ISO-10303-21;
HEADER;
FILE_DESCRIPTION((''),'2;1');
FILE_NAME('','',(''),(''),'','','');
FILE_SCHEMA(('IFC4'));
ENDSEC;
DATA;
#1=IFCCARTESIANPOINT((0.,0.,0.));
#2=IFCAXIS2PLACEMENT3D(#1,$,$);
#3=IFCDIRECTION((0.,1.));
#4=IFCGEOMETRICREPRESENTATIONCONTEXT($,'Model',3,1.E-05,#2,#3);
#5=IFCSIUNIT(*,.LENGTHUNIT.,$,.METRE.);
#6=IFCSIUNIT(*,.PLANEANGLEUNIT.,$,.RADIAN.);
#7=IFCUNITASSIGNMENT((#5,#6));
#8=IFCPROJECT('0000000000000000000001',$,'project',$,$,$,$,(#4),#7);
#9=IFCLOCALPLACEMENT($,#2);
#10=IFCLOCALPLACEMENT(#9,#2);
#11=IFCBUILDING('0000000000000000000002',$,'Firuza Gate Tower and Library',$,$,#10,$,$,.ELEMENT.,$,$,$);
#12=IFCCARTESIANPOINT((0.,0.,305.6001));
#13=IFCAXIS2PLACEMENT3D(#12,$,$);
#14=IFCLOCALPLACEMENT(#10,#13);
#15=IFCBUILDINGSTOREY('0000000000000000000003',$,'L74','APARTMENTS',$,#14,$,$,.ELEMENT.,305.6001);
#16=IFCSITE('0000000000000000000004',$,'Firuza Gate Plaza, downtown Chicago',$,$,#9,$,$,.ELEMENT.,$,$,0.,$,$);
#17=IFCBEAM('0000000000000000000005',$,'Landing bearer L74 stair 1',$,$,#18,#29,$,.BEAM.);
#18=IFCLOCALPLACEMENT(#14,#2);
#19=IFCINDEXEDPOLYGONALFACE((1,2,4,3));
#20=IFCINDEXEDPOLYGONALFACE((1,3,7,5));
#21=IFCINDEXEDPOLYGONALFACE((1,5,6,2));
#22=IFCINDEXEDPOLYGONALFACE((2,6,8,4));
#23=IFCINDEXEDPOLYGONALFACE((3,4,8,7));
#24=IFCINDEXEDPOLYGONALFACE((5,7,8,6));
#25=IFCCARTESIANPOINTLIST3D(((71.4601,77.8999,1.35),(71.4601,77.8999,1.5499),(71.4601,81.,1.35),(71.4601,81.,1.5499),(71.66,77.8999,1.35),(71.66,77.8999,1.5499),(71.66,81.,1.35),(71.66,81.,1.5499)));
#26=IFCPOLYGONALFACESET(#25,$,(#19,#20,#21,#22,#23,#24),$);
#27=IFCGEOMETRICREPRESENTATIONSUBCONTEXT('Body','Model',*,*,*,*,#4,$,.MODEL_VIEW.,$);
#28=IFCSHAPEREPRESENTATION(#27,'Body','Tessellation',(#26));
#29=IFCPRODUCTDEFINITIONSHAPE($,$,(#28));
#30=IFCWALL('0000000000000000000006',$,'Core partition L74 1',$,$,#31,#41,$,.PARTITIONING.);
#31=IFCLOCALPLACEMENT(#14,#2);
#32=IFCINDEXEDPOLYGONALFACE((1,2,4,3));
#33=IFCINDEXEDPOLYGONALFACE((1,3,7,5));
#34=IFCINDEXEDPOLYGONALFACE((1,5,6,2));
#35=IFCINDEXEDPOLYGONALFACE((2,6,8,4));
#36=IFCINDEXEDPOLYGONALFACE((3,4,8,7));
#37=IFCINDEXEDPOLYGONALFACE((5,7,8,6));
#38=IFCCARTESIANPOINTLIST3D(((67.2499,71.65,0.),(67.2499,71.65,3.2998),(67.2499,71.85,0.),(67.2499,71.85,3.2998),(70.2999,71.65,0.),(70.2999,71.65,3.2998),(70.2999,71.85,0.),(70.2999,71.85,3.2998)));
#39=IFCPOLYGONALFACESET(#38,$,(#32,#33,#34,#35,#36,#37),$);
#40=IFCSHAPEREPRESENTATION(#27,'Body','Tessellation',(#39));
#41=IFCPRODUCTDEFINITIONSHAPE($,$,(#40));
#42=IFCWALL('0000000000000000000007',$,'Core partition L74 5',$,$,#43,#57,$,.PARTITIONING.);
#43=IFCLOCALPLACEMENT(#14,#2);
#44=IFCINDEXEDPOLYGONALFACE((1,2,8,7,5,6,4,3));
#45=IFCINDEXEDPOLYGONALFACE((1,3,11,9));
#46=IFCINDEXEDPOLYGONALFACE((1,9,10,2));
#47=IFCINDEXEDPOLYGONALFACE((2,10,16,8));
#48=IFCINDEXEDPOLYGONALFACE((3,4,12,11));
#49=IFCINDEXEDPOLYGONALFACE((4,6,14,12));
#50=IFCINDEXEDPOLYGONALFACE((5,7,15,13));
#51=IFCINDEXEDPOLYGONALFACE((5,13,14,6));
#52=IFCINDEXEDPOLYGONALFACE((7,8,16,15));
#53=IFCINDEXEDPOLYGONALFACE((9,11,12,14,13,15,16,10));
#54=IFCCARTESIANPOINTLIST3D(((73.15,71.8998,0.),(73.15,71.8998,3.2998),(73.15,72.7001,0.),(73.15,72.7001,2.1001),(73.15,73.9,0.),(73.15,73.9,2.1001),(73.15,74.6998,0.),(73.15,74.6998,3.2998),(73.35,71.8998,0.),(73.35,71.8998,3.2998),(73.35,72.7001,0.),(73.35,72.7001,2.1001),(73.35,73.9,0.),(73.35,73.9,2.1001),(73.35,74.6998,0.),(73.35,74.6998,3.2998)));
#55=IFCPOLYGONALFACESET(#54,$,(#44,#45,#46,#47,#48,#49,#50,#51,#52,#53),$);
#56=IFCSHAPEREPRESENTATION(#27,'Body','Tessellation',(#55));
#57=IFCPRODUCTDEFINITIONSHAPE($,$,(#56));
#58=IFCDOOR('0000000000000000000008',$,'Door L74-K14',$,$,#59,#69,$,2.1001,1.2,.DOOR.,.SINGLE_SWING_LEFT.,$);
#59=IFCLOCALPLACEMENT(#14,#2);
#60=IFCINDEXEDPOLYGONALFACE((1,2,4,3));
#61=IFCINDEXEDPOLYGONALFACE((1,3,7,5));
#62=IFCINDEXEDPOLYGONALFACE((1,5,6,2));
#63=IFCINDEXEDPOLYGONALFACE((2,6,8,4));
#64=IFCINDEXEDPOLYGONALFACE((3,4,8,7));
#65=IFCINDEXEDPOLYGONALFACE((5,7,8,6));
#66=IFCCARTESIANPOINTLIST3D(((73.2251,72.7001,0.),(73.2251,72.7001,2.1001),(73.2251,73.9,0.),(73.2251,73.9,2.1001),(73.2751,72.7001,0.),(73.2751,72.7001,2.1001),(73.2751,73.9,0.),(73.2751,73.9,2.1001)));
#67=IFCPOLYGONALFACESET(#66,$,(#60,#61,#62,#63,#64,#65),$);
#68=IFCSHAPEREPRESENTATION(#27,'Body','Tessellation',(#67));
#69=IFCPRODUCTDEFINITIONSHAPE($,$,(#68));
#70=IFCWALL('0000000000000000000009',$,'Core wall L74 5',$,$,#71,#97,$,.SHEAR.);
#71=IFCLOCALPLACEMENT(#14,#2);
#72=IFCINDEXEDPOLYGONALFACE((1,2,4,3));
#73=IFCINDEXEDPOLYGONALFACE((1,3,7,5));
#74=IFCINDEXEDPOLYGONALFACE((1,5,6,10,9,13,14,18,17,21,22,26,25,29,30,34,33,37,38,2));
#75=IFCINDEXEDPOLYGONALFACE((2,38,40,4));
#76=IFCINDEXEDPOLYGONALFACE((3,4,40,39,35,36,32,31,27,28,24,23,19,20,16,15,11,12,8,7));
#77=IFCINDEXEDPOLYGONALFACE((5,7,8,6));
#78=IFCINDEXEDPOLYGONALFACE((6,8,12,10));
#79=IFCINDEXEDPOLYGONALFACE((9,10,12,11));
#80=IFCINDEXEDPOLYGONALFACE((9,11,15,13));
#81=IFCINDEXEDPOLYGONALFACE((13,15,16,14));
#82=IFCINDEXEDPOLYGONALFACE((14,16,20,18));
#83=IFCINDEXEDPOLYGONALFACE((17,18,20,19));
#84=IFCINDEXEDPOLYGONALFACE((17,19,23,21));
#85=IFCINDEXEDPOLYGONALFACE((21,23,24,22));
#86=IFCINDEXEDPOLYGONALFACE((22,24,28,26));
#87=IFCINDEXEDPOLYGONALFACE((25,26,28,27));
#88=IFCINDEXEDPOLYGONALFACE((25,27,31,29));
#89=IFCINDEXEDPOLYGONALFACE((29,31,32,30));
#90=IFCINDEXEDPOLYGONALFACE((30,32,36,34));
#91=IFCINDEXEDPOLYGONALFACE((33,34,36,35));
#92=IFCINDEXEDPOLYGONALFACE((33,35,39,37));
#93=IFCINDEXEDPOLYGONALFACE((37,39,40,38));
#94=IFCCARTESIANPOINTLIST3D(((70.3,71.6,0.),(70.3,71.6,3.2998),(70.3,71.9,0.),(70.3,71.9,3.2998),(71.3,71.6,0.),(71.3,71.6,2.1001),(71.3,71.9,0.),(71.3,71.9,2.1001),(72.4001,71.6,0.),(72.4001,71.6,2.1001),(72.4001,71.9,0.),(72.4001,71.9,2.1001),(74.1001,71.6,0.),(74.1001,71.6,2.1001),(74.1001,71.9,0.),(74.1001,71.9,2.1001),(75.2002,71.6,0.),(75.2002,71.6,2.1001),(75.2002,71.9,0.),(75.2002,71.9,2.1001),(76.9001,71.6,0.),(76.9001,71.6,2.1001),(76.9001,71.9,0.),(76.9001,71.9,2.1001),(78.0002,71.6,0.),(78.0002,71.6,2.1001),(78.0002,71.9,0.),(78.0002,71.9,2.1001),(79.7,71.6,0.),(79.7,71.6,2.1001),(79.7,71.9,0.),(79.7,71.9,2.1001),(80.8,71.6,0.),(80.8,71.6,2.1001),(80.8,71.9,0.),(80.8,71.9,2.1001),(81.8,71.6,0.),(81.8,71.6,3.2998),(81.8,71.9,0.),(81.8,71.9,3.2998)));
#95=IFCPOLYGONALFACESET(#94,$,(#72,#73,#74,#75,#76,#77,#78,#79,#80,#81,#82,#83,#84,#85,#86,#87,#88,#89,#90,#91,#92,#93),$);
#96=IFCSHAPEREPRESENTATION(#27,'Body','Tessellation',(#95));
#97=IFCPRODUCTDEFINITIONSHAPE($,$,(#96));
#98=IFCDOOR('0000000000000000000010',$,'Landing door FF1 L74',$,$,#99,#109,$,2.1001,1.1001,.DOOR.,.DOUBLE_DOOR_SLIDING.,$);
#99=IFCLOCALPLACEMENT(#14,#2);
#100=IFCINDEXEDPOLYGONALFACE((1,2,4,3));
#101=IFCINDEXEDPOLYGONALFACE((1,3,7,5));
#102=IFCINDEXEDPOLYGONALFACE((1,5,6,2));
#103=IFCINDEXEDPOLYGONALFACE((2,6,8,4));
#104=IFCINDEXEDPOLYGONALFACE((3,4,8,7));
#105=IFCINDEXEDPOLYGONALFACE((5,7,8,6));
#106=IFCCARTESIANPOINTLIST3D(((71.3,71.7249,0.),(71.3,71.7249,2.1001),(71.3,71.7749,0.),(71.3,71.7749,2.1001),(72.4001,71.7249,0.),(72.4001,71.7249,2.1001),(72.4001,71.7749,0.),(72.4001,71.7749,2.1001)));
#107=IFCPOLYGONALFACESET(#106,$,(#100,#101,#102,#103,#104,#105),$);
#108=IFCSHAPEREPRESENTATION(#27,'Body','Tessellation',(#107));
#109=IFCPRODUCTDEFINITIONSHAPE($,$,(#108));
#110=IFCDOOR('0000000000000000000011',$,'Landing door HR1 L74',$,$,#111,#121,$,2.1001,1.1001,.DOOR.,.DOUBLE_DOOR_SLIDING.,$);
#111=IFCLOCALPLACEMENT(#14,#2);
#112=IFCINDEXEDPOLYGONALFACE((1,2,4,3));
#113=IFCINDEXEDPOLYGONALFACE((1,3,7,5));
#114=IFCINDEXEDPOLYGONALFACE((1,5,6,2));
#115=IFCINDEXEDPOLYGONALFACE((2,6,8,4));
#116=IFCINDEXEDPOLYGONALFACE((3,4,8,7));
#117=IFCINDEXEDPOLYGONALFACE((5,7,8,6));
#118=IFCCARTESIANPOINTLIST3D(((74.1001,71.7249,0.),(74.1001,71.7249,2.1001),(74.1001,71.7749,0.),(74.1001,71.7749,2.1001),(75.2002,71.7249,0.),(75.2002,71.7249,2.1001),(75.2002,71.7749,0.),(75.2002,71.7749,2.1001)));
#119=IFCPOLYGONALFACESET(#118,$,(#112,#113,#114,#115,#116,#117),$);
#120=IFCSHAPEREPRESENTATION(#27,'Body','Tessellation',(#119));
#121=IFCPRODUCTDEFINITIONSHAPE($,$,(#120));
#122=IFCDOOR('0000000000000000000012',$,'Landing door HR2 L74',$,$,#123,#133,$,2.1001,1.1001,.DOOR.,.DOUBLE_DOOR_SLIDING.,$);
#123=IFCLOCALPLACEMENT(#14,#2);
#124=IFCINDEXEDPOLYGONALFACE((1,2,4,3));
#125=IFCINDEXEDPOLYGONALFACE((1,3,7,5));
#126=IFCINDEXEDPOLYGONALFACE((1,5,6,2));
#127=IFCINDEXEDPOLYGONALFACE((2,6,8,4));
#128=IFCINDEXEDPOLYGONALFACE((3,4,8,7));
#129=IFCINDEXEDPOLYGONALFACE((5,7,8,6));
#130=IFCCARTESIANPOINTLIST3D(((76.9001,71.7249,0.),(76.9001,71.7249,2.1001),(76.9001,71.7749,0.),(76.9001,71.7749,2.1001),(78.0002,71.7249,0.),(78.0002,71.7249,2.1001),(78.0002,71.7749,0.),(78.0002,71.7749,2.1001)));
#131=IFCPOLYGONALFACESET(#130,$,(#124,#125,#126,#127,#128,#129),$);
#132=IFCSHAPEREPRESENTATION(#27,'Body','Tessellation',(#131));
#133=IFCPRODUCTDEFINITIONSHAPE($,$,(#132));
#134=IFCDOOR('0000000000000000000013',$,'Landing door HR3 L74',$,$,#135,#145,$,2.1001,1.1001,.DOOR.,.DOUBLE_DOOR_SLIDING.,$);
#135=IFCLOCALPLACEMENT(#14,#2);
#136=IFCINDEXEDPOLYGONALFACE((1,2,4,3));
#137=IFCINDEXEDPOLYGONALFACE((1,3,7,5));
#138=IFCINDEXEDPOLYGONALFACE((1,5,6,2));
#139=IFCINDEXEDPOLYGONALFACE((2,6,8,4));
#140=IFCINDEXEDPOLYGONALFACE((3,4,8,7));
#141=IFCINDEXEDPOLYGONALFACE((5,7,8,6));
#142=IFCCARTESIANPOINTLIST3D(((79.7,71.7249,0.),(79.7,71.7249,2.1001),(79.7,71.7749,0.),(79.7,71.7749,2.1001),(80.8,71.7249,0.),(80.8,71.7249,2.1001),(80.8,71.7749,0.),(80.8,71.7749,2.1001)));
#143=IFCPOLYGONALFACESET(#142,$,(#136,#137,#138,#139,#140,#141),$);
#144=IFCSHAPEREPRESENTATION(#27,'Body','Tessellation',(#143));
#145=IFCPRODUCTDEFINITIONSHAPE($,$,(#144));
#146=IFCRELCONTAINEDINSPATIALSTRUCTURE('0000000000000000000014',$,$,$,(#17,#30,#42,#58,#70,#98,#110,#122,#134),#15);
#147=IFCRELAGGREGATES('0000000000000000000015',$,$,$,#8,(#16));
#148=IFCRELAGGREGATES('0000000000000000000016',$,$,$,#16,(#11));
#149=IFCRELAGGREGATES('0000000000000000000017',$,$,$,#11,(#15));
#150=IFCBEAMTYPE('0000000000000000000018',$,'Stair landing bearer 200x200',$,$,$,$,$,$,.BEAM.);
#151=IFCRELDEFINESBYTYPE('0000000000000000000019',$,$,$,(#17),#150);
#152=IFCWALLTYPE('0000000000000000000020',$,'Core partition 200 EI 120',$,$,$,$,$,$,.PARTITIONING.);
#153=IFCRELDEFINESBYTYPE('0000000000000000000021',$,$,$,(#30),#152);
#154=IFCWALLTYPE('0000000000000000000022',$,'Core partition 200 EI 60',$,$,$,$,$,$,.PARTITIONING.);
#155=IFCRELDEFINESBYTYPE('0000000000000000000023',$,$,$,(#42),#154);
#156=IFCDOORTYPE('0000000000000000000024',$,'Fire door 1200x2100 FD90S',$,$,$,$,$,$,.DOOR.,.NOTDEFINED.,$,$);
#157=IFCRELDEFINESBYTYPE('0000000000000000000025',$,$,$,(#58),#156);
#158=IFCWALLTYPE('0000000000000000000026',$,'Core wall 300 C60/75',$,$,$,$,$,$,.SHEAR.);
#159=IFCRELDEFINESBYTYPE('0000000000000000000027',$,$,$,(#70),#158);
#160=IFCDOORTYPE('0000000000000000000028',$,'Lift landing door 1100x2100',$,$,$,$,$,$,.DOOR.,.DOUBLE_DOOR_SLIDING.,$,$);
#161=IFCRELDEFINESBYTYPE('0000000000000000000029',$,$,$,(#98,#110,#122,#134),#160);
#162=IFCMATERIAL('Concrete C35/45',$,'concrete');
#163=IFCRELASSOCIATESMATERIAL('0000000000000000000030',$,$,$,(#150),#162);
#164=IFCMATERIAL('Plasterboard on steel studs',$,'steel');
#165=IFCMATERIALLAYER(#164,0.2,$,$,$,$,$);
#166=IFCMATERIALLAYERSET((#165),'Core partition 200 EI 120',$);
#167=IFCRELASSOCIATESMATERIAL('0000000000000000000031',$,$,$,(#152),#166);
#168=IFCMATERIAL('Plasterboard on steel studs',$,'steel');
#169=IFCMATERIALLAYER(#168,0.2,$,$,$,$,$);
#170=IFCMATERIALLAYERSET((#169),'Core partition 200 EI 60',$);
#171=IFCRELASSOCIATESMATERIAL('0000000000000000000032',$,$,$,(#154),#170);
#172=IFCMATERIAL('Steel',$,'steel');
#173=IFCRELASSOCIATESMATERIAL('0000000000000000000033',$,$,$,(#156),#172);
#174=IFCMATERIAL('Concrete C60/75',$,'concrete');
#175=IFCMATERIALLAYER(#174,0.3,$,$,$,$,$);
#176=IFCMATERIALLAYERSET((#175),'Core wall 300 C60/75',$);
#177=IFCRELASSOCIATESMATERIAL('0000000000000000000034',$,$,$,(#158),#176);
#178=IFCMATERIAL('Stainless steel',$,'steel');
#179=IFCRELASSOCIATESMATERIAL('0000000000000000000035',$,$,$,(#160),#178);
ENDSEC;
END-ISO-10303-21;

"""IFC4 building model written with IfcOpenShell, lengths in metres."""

from ifc_helpers import new_model, si_unit, direction, frame, frame_2d, origin, origin_2d, place, context, subcontext, project, spatial, rectangle, extrude, material, layer, layer_set, material_profile, profile_set, type_object, element, fill, save


model = new_model("IFC4")

# Units and contexts
model_context = context("Model", 3, precision=1e-05, world=origin(), true_north=direction((0.0, 1.0)))
body_context = subcontext(model_context, "Body", "Model", "MODEL_VIEW")
ifc_project = project(units=[si_unit("LENGTHUNIT", "METRE"), si_unit("PLANEANGLEUNIT", "RADIAN")], contexts=[model_context])

# Site, building, storey
site_placement = place(None, origin())
site = spatial("IfcSite", under=ifc_project, at=site_placement, Name="Firuza Gate Plaza, downtown Chicago", CompositionType="ELEMENT", RefElevation=0.0)
building_placement = place(site_placement, origin())
building = spatial("IfcBuilding", under=site, at=building_placement, Name="Firuza Gate Tower and Library", CompositionType="ELEMENT")
storey_placement = place(building_placement, frame((0.0, 0.0, 305.6001)))
storey = spatial("IfcBuildingStorey", under=building, at=storey_placement, Name="L74", Description="APARTMENTS", CompositionType="ELEMENT", Elevation=305.6001)

# Beam
ifc_material_1 = material(Name="Concrete C35/45", Category="concrete")
ifc_material_profile = material_profile(ifc_material_1, rectangle(XDim=0.2, YDim=0.2, at=origin_2d()))
ifc_profile_set = profile_set([ifc_material_profile], Name="Concrete C35/45")
beam_type = type_object("IfcBeamType", Name="Stair landing bearer 200x200", PredefinedType="BEAM", material=ifc_profile_set)
beam_placement = place(storey_placement, frame((71.5601, 77.8999, 1.45), z_axis=(0.0, 1.0, 0.0), x_axis=(-1.0, 0.0, 0.0)))
element("IfcBeam", 1, at=beam_placement, inside=storey, type_object=beam_type, Name="Landing bearer L74 stair 1", PredefinedType="BEAM", context=body_context, shape_type="SweptSolid", body=[
    extrude(rectangle(XDim=0.2, YDim=0.2, at=origin_2d()), origin(), (0.0, 0.0, 1.0), 3.1001),
])

# Wall
ifc_material_2 = material(Name="Plasterboard on steel studs", Category="steel")
ifc_layer_1 = layer(ifc_material_2, 0.2)
ifc_layer_set_1 = layer_set([ifc_layer_1], Name="Core partition 200 EI 120")
wall_type_1 = type_object("IfcWallType", Name="Core partition 200 EI 120", PredefinedType="PARTITIONING", material=ifc_layer_set_1)
wall_1_placement = place(storey_placement, frame((67.25, 71.75, 0.0), z_axis=(0.0, 0.0, 1.0), x_axis=(1.0, 0.0, 0.0)))
element("IfcWall", 2, at=wall_1_placement, inside=storey, type_object=wall_type_1, Name="Core partition L74 1", PredefinedType="PARTITIONING", context=body_context, shape_type="SweptSolid", body=[
    extrude(rectangle(XDim=3.05, YDim=0.2, at=frame_2d((1.5249, 0.0))), origin(), (0.0, 0.0, 1.0), 3.2998),
])

# Wall, opening, door
ifc_material_3 = material(Name="Plasterboard on steel studs", Category="steel")
ifc_layer_2 = layer(ifc_material_3, 0.2)
ifc_layer_set_2 = layer_set([ifc_layer_2], Name="Core partition 200 EI 60")
wall_type_2 = type_object("IfcWallType", Name="Core partition 200 EI 60", PredefinedType="PARTITIONING", material=ifc_layer_set_2)
wall_2_placement = place(storey_placement, frame((73.25, 71.8999, 0.0), z_axis=(0.0, 0.0, 1.0), x_axis=(0.0, 1.0, 0.0)))
wall_2 = element("IfcWall", 3, at=wall_2_placement, inside=storey, type_object=wall_type_2, Name="Core partition L74 5", PredefinedType="PARTITIONING", context=body_context, shape_type="SweptSolid", body=[
    extrude(rectangle(XDim=2.8, YDim=0.2, at=frame_2d((1.3999, 0.0))), origin(), (0.0, 0.0, 1.0), 3.2998),
])
opening_1_placement = place(wall_2_placement, frame((0.8, 0.0, 0.0)))
opening_1 = element("IfcOpeningElement", 4, at=opening_1_placement, cuts=wall_2, PredefinedType="OPENING", context=body_context, shape_type="SweptSolid", body=[
    extrude(rectangle(XDim=1.2, YDim=2.1001, at=frame_2d((0.6001, 1.05))), frame((0.0, 0.1099, 0.0), z_axis=(0.0, -1.0, 0.0), x_axis=(1.0, 0.0, 0.0)), (0.0, 0.0, 1.0), 0.22),
])
ifc_material_4 = material(Name="Steel", Category="steel")
door_type_1 = type_object("IfcDoorType", Name="Fire door 1200x2100 FD90S", OperationType="NOTDEFINED", PredefinedType="DOOR", material=ifc_material_4)
door_1_placement = place(opening_1_placement, origin())
door_1 = element("IfcDoor", 5, at=door_1_placement, inside=storey, type_object=door_type_1, Name="Door L74-K14", OperationType="SINGLE_SWING_LEFT", OverallHeight=2.1001, OverallWidth=1.2, PredefinedType="DOOR", context=body_context, shape_type="SweptSolid", body=[
    extrude(rectangle(XDim=1.2, YDim=2.1001, at=frame_2d((0.6001, 1.05))), frame((0.0, 0.0249, 0.0), z_axis=(0.0, -1.0, 0.0), x_axis=(1.0, 0.0, 0.0)), (0.0, 0.0, 1.0), 0.05),
])
fill(opening_1, door_1)

# Wall, openings, doors
ifc_material_5 = material(Name="Concrete C60/75", Category="concrete")
ifc_layer_3 = layer(ifc_material_5, 0.3)
ifc_layer_set_3 = layer_set([ifc_layer_3], Name="Core wall 300 C60/75")
wall_type_3 = type_object("IfcWallType", Name="Core wall 300 C60/75", PredefinedType="SHEAR", material=ifc_layer_set_3)
wall_3_placement = place(storey_placement, frame((70.3, 71.75, 0.0), z_axis=(0.0, 0.0, 1.0), x_axis=(1.0, 0.0, 0.0)))
wall_3 = element("IfcWall", 6, at=wall_3_placement, inside=storey, type_object=wall_type_3, Name="Core wall L74 5", PredefinedType="SHEAR", context=body_context, shape_type="SweptSolid", body=[
    extrude(rectangle(XDim=11.5, YDim=0.3, at=frame_2d((5.75, 0.0))), origin(), (0.0, 0.0, 1.0), 3.2998),
])
opening_2_placement = place(wall_3_placement, frame((1.0, 0.0, 0.0)))
opening_2 = element("IfcOpeningElement", 7, at=opening_2_placement, cuts=wall_3, PredefinedType="OPENING", context=body_context, shape_type="SweptSolid", body=[
    extrude(rectangle(XDim=1.1001, YDim=2.1001, at=frame_2d((0.55, 1.05))), frame((0.0, 0.1602, 0.0), z_axis=(0.0, -1.0, 0.0), x_axis=(1.0, 0.0, 0.0)), (0.0, 0.0, 1.0), 0.3201),
])
opening_3_placement = place(wall_3_placement, frame((3.8, 0.0, 0.0)))
opening_3 = element("IfcOpeningElement", 8, at=opening_3_placement, cuts=wall_3, PredefinedType="OPENING", context=body_context, shape_type="SweptSolid", body=[
    extrude(rectangle(XDim=1.1001, YDim=2.1001, at=frame_2d((0.55, 1.05))), frame((0.0, 0.1602, 0.0), z_axis=(0.0, -1.0, 0.0), x_axis=(1.0, 0.0, 0.0)), (0.0, 0.0, 1.0), 0.3201),
])
opening_4_placement = place(wall_3_placement, frame((6.6001, 0.0, 0.0)))
opening_4 = element("IfcOpeningElement", 9, at=opening_4_placement, cuts=wall_3, PredefinedType="OPENING", context=body_context, shape_type="SweptSolid", body=[
    extrude(rectangle(XDim=1.1001, YDim=2.1001, at=frame_2d((0.55, 1.05))), frame((0.0, 0.1602, 0.0), z_axis=(0.0, -1.0, 0.0), x_axis=(1.0, 0.0, 0.0)), (0.0, 0.0, 1.0), 0.3201),
])
opening_5_placement = place(wall_3_placement, frame((9.3999, 0.0, 0.0)))
opening_5 = element("IfcOpeningElement", 10, at=opening_5_placement, cuts=wall_3, PredefinedType="OPENING", context=body_context, shape_type="SweptSolid", body=[
    extrude(rectangle(XDim=1.1001, YDim=2.1001, at=frame_2d((0.55, 1.05))), frame((0.0, 0.1602, 0.0), z_axis=(0.0, -1.0, 0.0), x_axis=(1.0, 0.0, 0.0)), (0.0, 0.0, 1.0), 0.3201),
])
ifc_material_6 = material(Name="Stainless steel", Category="steel")
door_type_2 = type_object("IfcDoorType", Name="Lift landing door 1100x2100", OperationType="DOUBLE_DOOR_SLIDING", PredefinedType="DOOR", material=ifc_material_6)
door_2_placement = place(opening_2_placement, origin())
door_2 = element("IfcDoor", 11, at=door_2_placement, inside=storey, type_object=door_type_2, Name="Landing door FF1 L74", OperationType="DOUBLE_DOOR_SLIDING", OverallHeight=2.1001, OverallWidth=1.1001, PredefinedType="DOOR", context=body_context, shape_type="SweptSolid", body=[
    extrude(rectangle(XDim=1.1001, YDim=2.1001, at=frame_2d((0.55, 1.05))), frame((0.0, 0.0249, 0.0), z_axis=(0.0, -1.0, 0.0), x_axis=(1.0, 0.0, 0.0)), (0.0, 0.0, 1.0), 0.05),
])
fill(opening_2, door_2)
door_3_placement = place(opening_3_placement, origin())
door_3 = element("IfcDoor", 12, at=door_3_placement, inside=storey, type_object=door_type_2, Name="Landing door HR1 L74", OperationType="DOUBLE_DOOR_SLIDING", OverallHeight=2.1001, OverallWidth=1.1001, PredefinedType="DOOR", context=body_context, shape_type="SweptSolid", body=[
    extrude(rectangle(XDim=1.1001, YDim=2.1001, at=frame_2d((0.55, 1.05))), frame((0.0, 0.0249, 0.0), z_axis=(0.0, -1.0, 0.0), x_axis=(1.0, 0.0, 0.0)), (0.0, 0.0, 1.0), 0.05),
])
fill(opening_3, door_3)
door_4_placement = place(opening_4_placement, origin())
door_4 = element("IfcDoor", 13, at=door_4_placement, inside=storey, type_object=door_type_2, Name="Landing door HR2 L74", OperationType="DOUBLE_DOOR_SLIDING", OverallHeight=2.1001, OverallWidth=1.1001, PredefinedType="DOOR", context=body_context, shape_type="SweptSolid", body=[
    extrude(rectangle(XDim=1.1001, YDim=2.1001, at=frame_2d((0.55, 1.05))), frame((0.0, 0.0249, 0.0), z_axis=(0.0, -1.0, 0.0), x_axis=(1.0, 0.0, 0.0)), (0.0, 0.0, 1.0), 0.05),
])
fill(opening_4, door_4)
door_5_placement = place(opening_5_placement, origin())
door_5 = element("IfcDoor", 14, at=door_5_placement, inside=storey, type_object=door_type_2, Name="Landing door HR3 L74", OperationType="DOUBLE_DOOR_SLIDING", OverallHeight=2.1001, OverallWidth=1.1001, PredefinedType="DOOR", context=body_context, shape_type="SweptSolid", body=[
    extrude(rectangle(XDim=1.1001, YDim=2.1001, at=frame_2d((0.55, 1.05))), frame((0.0, 0.0249, 0.0), z_axis=(0.0, -1.0, 0.0), x_axis=(1.0, 0.0, 0.0)), (0.0, 0.0, 1.0), 0.05),
])
fill(opening_5, door_5)

save(model, "model.ifc")
